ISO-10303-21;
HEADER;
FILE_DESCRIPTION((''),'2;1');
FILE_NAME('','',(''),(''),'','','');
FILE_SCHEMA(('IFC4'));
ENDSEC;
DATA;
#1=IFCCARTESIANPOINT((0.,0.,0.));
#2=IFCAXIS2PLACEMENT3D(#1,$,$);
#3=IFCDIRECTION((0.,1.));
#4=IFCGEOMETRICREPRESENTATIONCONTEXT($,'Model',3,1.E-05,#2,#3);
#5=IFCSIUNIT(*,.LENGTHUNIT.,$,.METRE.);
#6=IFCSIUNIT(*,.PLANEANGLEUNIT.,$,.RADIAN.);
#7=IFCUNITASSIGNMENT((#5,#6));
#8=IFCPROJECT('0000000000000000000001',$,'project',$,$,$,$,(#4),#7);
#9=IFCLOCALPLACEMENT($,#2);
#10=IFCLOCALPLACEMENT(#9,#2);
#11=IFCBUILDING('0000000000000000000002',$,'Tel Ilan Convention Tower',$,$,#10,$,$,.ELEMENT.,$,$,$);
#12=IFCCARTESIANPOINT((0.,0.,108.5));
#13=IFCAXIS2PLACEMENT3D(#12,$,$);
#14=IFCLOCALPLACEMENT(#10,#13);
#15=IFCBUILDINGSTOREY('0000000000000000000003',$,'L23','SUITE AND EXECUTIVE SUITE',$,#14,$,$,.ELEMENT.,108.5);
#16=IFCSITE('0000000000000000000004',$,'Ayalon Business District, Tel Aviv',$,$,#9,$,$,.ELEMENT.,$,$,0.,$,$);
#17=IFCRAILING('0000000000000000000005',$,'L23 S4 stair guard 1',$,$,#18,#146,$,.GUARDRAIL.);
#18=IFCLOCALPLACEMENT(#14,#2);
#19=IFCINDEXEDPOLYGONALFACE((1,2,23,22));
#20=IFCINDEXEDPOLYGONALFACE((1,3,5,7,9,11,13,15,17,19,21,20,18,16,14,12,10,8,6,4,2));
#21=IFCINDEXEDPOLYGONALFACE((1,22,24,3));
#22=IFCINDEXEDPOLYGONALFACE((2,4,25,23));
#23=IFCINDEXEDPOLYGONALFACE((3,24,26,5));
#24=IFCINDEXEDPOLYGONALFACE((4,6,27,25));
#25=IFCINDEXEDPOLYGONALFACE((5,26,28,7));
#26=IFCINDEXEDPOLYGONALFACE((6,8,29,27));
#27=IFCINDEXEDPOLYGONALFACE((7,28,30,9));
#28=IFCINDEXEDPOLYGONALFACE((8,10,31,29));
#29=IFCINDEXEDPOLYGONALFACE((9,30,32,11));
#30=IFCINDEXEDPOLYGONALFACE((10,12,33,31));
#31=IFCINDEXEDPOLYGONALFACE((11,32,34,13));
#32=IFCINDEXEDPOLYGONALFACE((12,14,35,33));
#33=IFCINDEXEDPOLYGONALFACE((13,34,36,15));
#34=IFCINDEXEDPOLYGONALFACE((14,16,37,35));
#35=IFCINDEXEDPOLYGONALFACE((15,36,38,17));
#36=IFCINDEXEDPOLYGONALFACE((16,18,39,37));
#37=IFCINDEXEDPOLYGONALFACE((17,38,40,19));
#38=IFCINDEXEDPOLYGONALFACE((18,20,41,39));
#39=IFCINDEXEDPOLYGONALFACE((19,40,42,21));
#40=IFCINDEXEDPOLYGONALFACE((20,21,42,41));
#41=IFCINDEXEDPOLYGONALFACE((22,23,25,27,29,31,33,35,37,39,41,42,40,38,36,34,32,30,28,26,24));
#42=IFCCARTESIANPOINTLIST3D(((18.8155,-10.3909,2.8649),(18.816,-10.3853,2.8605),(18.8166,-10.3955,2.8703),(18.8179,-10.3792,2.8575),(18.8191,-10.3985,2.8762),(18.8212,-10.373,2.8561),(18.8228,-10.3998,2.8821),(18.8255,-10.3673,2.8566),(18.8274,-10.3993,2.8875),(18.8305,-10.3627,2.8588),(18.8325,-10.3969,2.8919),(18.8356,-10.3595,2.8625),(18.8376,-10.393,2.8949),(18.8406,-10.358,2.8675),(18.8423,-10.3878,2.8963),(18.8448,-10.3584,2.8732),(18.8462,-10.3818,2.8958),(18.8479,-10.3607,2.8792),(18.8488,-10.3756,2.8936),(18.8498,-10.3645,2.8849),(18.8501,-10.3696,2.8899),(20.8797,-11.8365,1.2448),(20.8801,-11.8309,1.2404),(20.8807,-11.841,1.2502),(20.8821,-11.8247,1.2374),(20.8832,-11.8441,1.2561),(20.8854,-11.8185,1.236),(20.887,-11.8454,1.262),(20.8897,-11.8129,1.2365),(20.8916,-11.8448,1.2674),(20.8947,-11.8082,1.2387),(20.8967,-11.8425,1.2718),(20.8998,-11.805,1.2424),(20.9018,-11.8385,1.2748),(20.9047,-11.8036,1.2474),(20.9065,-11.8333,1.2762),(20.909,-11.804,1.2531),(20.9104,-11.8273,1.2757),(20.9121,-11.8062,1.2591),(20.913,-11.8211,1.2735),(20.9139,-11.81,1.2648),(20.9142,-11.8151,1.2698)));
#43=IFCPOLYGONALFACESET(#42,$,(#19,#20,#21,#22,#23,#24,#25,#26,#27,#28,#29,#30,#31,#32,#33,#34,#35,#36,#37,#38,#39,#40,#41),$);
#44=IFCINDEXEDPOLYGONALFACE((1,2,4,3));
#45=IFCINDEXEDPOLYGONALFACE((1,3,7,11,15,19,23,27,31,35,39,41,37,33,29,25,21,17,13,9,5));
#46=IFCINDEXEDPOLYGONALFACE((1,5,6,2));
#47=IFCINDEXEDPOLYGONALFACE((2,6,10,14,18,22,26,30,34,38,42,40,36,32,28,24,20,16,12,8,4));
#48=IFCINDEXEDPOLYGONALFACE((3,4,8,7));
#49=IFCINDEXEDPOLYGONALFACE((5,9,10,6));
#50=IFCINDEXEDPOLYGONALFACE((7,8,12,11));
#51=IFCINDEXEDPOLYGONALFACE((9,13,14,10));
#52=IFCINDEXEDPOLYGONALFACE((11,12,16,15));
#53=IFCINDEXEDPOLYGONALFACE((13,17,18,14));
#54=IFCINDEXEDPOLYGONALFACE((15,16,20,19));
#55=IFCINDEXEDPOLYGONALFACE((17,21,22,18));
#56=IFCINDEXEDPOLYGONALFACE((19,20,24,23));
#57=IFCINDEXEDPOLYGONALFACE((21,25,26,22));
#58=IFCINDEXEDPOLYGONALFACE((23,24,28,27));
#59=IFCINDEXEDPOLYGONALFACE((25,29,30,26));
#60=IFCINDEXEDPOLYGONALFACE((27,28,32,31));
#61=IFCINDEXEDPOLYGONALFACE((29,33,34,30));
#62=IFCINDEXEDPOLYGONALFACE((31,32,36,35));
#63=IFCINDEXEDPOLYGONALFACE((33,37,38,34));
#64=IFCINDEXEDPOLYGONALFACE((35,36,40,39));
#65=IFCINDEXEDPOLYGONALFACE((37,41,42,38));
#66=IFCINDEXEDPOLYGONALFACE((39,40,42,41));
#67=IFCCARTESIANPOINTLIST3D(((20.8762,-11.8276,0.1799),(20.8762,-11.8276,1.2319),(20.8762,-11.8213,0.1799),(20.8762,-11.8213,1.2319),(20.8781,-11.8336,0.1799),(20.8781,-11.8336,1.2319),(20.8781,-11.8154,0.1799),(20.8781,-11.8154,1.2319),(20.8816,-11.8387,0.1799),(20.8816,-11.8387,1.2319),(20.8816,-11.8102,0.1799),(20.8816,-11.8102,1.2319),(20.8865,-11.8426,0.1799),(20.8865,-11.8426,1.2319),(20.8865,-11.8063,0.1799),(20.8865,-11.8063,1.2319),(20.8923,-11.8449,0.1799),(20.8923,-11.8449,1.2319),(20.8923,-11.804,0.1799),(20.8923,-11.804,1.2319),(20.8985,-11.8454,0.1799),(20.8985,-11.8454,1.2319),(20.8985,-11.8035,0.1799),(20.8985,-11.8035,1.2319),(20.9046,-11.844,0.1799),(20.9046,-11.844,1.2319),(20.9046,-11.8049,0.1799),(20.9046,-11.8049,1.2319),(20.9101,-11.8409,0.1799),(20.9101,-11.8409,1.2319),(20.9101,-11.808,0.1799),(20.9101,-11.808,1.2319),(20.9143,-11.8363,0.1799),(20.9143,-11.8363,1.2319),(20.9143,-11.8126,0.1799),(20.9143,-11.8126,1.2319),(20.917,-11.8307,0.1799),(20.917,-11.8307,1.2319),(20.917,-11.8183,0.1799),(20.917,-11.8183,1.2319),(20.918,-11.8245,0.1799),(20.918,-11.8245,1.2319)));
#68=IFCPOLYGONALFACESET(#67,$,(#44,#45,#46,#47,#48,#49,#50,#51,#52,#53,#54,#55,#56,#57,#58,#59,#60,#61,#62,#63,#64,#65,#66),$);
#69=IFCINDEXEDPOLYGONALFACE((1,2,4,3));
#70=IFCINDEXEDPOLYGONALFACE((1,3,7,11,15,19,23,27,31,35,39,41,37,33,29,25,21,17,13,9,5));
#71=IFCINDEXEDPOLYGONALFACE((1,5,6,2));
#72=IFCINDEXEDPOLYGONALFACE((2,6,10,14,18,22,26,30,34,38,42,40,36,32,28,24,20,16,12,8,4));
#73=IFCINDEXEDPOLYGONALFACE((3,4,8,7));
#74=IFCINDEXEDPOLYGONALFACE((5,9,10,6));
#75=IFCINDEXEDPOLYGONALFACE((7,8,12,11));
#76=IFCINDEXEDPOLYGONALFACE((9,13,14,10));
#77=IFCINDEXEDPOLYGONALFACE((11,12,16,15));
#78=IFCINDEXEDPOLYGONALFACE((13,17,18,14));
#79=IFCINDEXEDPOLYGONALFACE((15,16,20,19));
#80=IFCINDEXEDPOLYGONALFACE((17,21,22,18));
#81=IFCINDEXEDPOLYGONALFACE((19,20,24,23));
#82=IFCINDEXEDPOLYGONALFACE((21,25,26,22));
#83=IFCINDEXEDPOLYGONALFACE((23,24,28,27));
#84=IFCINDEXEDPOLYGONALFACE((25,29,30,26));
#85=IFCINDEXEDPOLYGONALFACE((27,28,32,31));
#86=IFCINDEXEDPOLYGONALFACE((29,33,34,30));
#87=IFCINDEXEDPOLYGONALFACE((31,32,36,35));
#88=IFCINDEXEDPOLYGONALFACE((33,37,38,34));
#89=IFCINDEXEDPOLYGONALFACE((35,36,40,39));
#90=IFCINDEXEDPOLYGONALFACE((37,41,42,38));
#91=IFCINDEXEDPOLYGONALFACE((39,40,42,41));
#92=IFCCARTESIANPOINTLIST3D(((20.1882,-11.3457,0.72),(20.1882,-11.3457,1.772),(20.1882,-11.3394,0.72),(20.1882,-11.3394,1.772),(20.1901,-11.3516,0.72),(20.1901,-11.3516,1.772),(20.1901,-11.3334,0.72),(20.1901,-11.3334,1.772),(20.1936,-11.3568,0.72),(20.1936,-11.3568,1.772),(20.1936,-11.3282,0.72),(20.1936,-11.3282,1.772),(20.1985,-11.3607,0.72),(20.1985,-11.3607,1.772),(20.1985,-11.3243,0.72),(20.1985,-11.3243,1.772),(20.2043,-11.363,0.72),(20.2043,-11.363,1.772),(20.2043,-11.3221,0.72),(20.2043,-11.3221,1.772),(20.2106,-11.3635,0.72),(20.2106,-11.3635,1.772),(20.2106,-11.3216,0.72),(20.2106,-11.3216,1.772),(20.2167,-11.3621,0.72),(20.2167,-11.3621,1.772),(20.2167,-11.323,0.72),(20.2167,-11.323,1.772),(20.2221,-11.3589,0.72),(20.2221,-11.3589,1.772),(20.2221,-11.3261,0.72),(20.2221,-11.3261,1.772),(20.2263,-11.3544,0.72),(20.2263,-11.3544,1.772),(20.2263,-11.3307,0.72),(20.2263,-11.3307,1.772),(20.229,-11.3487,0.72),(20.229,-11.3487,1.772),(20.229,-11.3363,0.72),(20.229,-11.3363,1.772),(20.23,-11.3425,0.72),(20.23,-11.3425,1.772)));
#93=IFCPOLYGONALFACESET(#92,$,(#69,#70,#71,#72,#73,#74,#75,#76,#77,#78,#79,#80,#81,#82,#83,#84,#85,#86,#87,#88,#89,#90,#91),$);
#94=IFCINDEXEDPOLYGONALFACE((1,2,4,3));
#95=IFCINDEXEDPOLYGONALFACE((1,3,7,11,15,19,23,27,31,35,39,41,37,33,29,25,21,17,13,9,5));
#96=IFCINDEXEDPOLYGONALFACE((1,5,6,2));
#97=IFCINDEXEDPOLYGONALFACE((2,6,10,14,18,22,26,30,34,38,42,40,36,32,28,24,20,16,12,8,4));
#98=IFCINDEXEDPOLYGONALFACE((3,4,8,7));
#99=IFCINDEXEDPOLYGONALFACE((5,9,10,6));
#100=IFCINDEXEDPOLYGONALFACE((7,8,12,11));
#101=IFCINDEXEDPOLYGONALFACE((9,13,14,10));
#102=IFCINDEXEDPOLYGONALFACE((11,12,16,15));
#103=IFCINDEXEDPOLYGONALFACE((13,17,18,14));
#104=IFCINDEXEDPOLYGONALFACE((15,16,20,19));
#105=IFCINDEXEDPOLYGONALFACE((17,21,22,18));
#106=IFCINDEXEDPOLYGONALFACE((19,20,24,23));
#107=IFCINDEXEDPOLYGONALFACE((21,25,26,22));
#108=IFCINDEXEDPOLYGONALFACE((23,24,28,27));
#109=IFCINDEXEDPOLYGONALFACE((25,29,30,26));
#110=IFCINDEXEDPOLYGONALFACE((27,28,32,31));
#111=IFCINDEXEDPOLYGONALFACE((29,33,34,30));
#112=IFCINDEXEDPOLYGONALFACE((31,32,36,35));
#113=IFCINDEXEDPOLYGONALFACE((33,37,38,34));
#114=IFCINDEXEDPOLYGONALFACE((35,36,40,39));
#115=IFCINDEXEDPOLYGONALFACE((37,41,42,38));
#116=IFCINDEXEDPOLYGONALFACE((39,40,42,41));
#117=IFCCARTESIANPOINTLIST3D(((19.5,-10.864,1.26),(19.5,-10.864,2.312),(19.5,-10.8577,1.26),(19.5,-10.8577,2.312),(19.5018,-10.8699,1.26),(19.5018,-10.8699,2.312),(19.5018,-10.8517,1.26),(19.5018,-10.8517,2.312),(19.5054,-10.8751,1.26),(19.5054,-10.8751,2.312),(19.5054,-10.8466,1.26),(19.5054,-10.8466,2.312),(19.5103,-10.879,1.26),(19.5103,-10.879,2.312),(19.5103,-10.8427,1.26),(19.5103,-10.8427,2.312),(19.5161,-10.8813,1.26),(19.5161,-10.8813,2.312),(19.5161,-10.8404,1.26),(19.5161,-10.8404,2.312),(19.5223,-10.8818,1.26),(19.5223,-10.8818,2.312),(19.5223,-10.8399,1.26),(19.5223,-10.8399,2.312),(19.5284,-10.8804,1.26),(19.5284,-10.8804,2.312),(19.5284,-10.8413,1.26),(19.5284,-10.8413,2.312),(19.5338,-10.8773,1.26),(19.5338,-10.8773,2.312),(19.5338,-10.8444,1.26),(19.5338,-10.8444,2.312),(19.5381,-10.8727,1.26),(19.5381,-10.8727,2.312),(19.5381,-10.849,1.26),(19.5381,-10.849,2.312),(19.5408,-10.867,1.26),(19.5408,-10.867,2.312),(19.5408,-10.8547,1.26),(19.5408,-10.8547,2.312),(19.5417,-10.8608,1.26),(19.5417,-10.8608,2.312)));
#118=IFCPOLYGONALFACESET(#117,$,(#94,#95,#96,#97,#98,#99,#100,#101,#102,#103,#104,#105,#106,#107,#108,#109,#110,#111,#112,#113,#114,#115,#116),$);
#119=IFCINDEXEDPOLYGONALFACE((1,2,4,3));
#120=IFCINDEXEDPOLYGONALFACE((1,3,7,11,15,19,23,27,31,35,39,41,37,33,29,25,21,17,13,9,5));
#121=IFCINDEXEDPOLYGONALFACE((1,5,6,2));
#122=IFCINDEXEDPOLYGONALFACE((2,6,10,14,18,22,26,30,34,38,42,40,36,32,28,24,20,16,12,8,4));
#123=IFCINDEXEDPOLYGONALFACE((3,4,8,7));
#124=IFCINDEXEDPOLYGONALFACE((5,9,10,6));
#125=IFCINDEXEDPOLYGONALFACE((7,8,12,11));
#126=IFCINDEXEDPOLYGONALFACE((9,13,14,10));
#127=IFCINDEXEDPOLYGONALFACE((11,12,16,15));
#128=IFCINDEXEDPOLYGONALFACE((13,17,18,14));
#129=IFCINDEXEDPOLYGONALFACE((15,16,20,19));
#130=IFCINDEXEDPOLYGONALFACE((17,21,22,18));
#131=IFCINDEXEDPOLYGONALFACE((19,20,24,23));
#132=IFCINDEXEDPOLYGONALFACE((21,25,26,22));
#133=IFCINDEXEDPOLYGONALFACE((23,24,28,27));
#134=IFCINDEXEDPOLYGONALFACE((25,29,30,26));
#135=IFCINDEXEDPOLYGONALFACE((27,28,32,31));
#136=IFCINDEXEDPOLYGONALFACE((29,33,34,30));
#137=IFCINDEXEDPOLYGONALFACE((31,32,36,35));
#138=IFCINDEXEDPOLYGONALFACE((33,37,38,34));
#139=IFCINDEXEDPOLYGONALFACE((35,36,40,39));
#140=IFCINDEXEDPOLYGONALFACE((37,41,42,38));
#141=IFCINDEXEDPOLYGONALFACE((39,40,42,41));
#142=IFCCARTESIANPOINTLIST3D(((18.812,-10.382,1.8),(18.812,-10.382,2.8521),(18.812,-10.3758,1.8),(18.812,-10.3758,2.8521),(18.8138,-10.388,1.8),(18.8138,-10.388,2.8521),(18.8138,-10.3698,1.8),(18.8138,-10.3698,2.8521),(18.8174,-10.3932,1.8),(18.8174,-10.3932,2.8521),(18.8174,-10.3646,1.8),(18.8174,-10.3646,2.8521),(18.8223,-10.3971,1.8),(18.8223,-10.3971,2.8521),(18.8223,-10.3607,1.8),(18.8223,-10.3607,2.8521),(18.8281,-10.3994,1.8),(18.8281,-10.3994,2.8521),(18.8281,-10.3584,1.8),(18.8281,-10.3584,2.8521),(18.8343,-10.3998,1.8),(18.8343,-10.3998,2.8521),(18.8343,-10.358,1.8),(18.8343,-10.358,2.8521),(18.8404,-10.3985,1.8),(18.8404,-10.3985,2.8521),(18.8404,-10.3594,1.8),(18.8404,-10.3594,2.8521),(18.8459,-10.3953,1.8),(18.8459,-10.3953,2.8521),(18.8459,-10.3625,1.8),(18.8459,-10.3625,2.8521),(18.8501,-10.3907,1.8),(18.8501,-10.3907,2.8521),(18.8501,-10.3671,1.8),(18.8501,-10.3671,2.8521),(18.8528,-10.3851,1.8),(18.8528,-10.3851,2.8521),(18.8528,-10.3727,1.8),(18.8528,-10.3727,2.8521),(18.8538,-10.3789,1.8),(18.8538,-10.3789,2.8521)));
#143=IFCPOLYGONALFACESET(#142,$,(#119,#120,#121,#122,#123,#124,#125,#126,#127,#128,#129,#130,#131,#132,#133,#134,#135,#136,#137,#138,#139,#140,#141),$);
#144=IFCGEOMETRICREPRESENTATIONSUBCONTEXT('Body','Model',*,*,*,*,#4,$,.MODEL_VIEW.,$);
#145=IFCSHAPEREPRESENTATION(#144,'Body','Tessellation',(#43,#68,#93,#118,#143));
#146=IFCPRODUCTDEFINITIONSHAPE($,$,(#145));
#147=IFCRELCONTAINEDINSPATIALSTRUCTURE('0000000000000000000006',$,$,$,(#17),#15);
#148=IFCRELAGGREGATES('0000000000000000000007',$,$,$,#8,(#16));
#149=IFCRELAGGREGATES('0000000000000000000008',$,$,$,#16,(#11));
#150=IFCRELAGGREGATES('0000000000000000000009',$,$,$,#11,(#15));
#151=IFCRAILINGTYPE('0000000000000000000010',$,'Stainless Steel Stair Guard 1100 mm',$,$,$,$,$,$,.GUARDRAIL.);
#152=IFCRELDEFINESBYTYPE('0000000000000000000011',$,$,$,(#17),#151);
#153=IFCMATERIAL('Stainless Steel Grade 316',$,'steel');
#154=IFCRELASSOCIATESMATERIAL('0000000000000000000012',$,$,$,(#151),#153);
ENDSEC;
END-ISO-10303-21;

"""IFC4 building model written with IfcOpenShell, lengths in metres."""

from ifc_helpers import new_model, si_unit, direction, frame, origin, origin_2d, place, context, subcontext, project, spatial, circle, extrude, material, type_object, element, save


model = new_model("IFC4")

# Units and contexts
model_context = context("Model", 3, precision=1e-05, world=origin(), true_north=direction((0.0, 1.0)))
body_context = subcontext(model_context, "Body", "Model", "MODEL_VIEW")
ifc_project = project(units=[si_unit("LENGTHUNIT", "METRE"), si_unit("PLANEANGLEUNIT", "RADIAN")], contexts=[model_context])

# Site, building, storey
site_placement = place(None, origin())
site = spatial("IfcSite", under=ifc_project, at=site_placement, Name="Ayalon Business District, Tel Aviv", CompositionType="ELEMENT", RefElevation=0.0)
building_placement = place(site_placement, origin())
building = spatial("IfcBuilding", under=site, at=building_placement, Name="Tel Ilan Convention Tower", CompositionType="ELEMENT")
storey_placement = place(building_placement, frame((0.0, 0.0, 108.5)))
storey = spatial("IfcBuildingStorey", under=building, at=storey_placement, Name="L23", Description="SUITE AND EXECUTIVE SUITE", CompositionType="ELEMENT", Elevation=108.5)

# Railing
ifc_material_1 = material(Name="Stainless Steel Grade 316", Category="steel")
railing_type_1 = type_object("IfcRailingType", Name="Stainless Steel Stair Guard 1100 mm", PredefinedType="GUARDRAIL", material=ifc_material_1)
railing_1_placement = place(storey_placement, frame((20.897, -11.8245, 0.1799)))
element("IfcRailing", 1, at=railing_1_placement, inside=storey, type_object=railing_type_1, Name="L23 S4 stair guard 1", PredefinedType="GUARDRAIL", context=body_context, shape_type="SweptSolid", body=[
    extrude(circle(Radius=0.0239, at=origin_2d()), frame((0.0, 0.0, 1.0762), z_axis=(-0.689013, 0.482513, 0.540779), x_axis=(-0.573625, -0.819118, 0.0)), (0.0, 0.0, 1.0), 2.9958),
    extrude(circle(Radius=0.021, at=origin_2d()), origin(), (0.0, 0.0, 1.0), 1.052),
    extrude(circle(Radius=0.021, at=origin_2d()), frame((-0.688, 0.4819, 0.54)), (0.0, 0.0, 1.0), 1.052),
    extrude(circle(Radius=0.021, at=origin_2d()), frame((-1.3762, 0.9636, 1.0801)), (0.0, 0.0, 1.0), 1.052),
    extrude(circle(Radius=0.021, at=origin_2d()), frame((-2.0642, 1.4456, 1.6201)), (0.0, 0.0, 1.0), 1.052),
])

save(model, "model.ifc")
